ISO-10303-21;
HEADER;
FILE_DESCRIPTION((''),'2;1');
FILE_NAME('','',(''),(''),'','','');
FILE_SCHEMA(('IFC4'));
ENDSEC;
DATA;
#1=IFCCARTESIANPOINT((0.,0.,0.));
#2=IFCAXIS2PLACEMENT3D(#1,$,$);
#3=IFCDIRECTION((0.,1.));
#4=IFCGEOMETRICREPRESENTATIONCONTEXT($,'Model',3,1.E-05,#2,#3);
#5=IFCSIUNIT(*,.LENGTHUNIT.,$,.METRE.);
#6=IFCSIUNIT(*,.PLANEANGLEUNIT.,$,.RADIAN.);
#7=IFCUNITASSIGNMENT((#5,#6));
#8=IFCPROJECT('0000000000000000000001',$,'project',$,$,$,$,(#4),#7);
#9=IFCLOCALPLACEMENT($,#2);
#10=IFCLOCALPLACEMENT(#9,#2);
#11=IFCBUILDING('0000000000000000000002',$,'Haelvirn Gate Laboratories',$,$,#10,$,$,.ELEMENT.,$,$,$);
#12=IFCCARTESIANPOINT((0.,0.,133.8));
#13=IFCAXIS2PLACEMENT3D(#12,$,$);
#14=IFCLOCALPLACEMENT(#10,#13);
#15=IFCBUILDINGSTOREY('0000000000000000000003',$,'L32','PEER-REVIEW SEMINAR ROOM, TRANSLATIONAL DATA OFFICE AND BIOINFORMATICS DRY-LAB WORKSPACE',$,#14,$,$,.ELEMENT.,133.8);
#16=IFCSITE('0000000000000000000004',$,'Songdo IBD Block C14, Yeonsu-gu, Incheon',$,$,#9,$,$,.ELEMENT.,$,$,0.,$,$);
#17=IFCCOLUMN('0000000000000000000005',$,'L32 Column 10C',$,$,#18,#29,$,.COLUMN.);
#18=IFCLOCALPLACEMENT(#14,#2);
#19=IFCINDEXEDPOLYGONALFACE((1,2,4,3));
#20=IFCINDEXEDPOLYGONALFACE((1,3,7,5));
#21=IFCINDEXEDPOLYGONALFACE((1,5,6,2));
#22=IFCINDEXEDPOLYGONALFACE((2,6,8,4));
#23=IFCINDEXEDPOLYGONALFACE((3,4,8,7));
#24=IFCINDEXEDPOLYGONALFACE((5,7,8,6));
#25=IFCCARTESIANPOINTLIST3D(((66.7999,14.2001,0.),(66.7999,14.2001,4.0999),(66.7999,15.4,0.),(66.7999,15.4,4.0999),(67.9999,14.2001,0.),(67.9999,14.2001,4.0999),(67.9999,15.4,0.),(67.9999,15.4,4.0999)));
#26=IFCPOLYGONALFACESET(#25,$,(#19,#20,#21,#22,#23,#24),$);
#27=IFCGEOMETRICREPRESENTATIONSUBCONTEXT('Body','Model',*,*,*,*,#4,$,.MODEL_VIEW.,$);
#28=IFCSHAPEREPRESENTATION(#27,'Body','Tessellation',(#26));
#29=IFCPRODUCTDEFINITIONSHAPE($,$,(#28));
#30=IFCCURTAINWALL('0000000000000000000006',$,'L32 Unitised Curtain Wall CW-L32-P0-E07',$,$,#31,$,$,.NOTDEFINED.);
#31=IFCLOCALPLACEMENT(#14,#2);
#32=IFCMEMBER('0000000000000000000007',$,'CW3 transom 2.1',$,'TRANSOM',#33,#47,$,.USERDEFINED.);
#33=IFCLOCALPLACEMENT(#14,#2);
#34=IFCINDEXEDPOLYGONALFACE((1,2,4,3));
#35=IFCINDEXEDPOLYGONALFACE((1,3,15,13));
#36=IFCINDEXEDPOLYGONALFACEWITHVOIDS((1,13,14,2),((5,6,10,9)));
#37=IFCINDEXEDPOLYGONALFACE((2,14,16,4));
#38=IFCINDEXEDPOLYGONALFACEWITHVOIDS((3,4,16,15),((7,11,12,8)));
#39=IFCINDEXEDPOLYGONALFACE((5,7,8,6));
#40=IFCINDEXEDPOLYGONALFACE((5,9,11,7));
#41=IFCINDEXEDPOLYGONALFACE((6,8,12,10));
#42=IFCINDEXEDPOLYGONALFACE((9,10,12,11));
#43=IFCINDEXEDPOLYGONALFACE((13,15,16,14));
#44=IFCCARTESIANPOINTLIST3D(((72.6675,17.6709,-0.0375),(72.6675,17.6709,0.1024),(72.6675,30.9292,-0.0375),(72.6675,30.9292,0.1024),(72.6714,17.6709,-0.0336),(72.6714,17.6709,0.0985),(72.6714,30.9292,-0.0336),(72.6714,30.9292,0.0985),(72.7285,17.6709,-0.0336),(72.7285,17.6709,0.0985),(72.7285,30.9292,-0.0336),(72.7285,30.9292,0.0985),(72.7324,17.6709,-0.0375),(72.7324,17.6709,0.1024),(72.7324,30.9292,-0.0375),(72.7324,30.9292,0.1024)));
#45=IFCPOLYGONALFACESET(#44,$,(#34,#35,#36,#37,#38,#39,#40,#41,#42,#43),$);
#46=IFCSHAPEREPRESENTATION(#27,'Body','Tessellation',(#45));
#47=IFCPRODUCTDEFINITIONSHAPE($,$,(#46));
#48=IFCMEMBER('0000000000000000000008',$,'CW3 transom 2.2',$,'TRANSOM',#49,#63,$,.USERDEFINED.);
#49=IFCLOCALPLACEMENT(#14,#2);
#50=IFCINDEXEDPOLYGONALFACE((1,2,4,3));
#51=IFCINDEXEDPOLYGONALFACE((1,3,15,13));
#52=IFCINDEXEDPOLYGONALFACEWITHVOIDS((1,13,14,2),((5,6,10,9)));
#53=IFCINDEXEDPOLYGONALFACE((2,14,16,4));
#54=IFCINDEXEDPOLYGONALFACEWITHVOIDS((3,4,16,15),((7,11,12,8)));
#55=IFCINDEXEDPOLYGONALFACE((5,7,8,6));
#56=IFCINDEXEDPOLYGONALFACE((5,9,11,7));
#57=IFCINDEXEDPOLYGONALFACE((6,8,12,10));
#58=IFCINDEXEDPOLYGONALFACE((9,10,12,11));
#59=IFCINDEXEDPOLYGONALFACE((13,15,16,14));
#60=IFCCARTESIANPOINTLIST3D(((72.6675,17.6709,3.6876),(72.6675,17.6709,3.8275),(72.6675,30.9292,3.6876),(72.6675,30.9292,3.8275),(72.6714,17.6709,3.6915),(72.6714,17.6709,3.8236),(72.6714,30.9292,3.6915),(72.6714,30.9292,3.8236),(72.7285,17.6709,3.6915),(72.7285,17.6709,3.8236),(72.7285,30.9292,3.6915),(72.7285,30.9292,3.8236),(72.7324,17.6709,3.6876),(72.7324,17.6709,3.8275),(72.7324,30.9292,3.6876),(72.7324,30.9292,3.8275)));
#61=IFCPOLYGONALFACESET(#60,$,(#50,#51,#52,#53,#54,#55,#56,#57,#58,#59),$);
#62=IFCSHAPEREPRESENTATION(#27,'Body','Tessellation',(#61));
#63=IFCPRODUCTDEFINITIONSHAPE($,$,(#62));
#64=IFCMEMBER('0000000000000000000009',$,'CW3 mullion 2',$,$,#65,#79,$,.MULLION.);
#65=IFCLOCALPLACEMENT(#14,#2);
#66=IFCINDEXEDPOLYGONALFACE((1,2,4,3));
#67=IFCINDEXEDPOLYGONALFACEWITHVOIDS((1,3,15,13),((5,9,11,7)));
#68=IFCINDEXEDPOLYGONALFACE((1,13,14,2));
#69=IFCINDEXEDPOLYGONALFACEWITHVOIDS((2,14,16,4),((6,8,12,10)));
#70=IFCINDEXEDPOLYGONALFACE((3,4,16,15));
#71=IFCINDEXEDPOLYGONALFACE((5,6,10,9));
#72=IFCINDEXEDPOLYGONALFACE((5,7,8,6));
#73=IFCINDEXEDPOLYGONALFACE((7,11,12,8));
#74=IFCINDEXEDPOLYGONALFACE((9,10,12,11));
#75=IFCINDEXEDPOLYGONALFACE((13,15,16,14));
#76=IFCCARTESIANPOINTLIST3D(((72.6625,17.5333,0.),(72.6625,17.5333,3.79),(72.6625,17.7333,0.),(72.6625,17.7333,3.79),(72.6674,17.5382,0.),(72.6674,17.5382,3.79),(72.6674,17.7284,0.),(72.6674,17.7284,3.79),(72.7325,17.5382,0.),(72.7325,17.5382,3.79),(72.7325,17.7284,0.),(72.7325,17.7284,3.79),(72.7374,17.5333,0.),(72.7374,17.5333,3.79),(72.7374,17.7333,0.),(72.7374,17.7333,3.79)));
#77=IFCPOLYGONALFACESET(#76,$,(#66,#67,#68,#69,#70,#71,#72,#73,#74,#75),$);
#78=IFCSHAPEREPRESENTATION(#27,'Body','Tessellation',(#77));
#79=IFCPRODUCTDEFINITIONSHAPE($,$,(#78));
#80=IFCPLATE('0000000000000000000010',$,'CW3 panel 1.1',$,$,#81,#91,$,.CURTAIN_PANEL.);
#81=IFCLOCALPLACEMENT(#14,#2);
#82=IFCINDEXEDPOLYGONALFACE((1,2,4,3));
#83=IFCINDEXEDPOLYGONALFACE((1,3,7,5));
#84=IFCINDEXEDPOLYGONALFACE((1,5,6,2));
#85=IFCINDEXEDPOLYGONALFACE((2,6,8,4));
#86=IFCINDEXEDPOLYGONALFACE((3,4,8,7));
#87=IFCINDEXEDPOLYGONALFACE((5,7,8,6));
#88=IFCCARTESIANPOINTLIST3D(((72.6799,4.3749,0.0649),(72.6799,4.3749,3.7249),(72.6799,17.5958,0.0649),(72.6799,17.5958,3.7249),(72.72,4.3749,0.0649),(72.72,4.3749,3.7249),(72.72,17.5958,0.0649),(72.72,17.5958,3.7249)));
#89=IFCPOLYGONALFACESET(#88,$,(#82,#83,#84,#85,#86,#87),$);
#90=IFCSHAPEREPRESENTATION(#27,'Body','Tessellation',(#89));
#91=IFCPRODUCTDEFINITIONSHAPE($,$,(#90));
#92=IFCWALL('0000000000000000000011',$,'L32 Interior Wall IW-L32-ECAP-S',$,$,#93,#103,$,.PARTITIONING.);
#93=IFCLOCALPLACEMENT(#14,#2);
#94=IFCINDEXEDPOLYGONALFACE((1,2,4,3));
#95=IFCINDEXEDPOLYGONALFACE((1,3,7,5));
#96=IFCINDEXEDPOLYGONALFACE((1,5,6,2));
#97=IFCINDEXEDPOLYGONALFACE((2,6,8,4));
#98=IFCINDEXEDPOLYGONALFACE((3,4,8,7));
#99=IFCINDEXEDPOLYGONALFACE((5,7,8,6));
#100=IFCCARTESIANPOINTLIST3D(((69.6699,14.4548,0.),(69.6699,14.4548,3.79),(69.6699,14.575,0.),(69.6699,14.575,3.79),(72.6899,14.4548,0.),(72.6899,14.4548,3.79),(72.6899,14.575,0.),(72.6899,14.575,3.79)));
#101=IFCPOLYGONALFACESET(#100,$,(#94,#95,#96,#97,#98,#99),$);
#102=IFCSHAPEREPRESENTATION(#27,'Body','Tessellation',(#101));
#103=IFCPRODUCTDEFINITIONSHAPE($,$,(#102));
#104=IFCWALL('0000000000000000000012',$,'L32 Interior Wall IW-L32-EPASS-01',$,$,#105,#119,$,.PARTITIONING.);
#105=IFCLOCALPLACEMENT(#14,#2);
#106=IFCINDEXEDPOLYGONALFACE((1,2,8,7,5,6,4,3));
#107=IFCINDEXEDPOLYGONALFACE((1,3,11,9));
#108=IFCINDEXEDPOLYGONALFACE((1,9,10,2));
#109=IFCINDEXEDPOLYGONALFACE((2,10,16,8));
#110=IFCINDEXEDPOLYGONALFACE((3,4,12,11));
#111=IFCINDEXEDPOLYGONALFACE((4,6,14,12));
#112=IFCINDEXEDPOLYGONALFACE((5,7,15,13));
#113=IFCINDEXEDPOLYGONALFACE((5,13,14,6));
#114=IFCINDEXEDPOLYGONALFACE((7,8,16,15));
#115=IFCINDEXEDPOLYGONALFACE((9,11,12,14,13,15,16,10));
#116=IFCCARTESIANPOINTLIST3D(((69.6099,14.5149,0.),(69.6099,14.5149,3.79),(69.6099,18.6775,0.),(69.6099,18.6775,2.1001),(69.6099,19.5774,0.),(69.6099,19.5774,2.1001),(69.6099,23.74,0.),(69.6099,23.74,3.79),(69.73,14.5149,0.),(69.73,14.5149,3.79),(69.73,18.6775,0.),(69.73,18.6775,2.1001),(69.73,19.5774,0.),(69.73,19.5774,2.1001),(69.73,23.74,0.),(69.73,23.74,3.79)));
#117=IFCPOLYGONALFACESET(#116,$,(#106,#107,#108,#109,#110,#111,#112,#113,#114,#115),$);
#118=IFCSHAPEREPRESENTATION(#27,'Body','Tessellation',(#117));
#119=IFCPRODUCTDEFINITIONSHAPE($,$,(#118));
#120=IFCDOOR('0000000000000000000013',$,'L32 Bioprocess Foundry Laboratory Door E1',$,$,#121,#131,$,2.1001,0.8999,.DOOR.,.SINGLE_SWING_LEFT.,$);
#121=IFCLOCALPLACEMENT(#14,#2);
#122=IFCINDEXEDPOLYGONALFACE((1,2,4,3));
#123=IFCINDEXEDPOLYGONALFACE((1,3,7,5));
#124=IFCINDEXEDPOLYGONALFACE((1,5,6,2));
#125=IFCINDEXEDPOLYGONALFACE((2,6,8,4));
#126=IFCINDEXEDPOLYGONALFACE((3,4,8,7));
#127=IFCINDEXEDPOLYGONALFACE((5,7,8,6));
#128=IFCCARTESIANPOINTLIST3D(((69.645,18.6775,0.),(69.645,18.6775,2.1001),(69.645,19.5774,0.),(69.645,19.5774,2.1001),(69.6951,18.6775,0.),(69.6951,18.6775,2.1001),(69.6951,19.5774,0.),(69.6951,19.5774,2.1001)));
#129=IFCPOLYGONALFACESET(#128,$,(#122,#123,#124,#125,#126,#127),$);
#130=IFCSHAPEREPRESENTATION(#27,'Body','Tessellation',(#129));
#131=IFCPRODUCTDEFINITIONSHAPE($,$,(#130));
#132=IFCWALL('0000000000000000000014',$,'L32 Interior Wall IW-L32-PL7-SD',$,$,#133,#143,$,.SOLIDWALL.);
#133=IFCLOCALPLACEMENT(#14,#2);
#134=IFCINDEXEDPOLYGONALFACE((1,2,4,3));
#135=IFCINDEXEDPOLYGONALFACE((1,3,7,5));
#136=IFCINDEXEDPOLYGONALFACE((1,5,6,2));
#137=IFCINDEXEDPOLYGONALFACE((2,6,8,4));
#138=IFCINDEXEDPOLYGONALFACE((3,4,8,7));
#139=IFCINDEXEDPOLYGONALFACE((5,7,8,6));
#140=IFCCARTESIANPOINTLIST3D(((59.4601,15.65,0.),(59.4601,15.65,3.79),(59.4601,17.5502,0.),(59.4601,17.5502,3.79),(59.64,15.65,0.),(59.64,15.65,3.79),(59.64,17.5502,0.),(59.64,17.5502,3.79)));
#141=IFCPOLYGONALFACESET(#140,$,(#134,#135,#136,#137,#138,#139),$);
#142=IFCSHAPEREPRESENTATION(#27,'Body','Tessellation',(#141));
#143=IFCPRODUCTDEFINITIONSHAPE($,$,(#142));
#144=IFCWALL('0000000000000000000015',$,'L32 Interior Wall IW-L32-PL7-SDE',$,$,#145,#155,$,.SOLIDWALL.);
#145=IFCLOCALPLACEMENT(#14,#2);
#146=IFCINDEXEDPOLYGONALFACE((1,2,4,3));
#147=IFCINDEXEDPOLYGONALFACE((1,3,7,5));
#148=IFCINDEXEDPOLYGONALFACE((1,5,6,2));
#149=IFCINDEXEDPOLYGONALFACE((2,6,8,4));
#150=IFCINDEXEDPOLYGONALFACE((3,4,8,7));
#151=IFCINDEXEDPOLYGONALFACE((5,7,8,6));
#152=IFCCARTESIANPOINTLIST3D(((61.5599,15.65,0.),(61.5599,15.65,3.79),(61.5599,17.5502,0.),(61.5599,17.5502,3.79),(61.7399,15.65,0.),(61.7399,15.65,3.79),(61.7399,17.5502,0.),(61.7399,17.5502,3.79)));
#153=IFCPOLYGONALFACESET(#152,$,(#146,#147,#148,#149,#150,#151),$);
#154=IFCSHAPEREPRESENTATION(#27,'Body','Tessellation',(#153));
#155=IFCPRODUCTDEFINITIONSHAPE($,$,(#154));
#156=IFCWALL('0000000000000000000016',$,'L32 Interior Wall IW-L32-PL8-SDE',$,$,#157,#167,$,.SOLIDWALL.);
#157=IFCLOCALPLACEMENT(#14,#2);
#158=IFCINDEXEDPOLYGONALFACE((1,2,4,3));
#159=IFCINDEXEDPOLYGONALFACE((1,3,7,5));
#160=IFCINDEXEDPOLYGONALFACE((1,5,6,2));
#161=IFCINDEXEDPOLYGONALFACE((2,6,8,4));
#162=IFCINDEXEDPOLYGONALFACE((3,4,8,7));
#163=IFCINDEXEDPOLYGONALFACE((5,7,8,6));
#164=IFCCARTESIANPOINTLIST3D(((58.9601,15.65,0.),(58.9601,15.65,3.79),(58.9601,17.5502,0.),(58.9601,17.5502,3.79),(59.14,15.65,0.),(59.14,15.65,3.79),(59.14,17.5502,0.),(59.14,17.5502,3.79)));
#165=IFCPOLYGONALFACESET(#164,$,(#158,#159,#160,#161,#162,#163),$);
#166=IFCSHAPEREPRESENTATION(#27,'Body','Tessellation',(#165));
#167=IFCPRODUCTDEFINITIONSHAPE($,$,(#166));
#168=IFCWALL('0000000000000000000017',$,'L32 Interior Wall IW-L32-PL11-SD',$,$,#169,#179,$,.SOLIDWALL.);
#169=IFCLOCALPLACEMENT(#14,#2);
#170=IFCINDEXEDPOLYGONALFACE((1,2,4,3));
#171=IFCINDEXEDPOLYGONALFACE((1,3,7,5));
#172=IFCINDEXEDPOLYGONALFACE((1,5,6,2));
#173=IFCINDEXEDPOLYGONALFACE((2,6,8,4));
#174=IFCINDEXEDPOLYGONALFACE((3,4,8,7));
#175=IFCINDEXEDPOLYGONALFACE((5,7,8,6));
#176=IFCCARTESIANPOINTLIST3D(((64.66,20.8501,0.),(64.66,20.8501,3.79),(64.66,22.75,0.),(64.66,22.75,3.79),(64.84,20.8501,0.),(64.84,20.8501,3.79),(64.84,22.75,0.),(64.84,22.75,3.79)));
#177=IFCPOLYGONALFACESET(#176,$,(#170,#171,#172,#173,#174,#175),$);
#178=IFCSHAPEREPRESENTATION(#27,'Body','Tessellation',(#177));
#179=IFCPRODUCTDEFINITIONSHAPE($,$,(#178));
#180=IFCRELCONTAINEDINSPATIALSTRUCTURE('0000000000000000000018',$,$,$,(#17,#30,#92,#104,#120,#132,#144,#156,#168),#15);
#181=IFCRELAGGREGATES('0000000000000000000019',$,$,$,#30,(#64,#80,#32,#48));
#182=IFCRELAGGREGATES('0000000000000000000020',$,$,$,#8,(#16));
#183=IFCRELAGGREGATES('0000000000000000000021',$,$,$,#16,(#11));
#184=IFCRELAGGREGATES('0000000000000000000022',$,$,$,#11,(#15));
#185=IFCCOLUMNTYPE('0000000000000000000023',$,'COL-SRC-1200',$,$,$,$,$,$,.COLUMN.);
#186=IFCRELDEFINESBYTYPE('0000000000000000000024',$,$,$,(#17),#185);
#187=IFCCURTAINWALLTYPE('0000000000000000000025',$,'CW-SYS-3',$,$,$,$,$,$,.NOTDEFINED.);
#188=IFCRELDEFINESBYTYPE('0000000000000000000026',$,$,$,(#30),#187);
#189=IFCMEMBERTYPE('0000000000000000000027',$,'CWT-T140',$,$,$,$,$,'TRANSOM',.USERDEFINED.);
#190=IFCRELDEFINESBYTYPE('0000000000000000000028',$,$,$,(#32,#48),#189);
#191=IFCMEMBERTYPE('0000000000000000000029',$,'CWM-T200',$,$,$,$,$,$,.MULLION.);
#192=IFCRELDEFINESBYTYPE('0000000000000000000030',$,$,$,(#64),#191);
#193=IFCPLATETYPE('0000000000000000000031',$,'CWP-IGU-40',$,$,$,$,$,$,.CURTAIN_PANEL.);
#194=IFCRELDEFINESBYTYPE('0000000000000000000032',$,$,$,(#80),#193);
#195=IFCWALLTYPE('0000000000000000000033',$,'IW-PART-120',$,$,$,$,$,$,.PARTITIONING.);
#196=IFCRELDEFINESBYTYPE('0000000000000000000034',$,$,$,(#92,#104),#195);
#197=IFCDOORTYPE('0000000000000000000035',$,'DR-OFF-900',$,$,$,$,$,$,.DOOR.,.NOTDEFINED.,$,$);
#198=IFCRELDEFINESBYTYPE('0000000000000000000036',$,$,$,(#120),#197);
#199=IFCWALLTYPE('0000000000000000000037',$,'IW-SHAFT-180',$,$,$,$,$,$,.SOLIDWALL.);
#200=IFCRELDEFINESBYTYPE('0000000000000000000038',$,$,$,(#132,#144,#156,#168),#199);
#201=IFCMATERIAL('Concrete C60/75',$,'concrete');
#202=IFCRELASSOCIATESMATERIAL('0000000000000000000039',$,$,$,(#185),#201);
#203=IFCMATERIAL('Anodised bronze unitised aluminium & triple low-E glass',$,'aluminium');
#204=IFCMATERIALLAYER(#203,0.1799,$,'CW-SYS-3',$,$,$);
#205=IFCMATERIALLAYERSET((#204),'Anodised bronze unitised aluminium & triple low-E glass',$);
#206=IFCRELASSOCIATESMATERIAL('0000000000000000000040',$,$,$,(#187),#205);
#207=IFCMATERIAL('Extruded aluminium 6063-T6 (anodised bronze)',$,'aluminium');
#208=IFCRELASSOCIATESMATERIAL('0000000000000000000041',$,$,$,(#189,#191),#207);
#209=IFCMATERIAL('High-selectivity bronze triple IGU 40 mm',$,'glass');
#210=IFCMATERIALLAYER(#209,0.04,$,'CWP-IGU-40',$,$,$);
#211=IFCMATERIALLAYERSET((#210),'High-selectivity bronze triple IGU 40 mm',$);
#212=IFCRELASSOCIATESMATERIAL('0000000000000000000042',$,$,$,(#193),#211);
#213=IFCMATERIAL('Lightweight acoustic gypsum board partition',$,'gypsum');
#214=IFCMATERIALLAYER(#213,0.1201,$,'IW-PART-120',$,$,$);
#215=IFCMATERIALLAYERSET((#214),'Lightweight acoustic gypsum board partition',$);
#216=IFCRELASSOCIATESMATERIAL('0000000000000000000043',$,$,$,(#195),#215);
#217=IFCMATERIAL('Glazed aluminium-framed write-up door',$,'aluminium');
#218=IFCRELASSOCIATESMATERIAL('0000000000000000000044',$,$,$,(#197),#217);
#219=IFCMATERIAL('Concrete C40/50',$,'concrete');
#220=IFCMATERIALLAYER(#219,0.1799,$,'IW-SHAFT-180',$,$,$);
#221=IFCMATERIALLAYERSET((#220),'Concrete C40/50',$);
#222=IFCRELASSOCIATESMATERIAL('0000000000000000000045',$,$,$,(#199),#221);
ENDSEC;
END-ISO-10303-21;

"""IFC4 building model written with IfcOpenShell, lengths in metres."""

from ifc_helpers import new_model, si_unit, direction, frame, frame_2d, origin, origin_2d, place, context, subcontext, project, spatial, rectangle, hollow_rectangle, extrude, source, transform, mapped, material, layer, layer_set, material_profile, profile_set, type_object, type_shapes, element, fill, aggregate, save


model = new_model("IFC4")

# Units and contexts
model_context = context("Model", 3, precision=1e-05, world=origin(), true_north=direction((0.0, 1.0)))
body_context = subcontext(model_context, "Body", "Model", "MODEL_VIEW")
ifc_project = project(units=[si_unit("LENGTHUNIT", "METRE"), si_unit("PLANEANGLEUNIT", "RADIAN")], contexts=[model_context])

# Site, building, storey
site_placement = place(None, origin())
site = spatial("IfcSite", under=ifc_project, at=site_placement, Name="Songdo IBD Block C14, Yeonsu-gu, Incheon", CompositionType="ELEMENT", RefElevation=0.0)
building_placement = place(site_placement, origin())
building = spatial("IfcBuilding", under=site, at=building_placement, Name="Haelvirn Gate Laboratories", CompositionType="ELEMENT")
storey_placement = place(building_placement, frame((0.0, 0.0, 133.8)))
storey = spatial("IfcBuildingStorey", under=building, at=storey_placement, Name="L32", Description="PEER-REVIEW SEMINAR ROOM, TRANSLATIONAL DATA OFFICE AND BIOINFORMATICS DRY-LAB WORKSPACE", CompositionType="ELEMENT", Elevation=133.8)

# Column
ifc_material_1 = material(Name="Concrete C60/75", Category="concrete")
ifc_material_profile_1 = material_profile(ifc_material_1, rectangle(XDim=1.2, YDim=1.2, at=origin_2d()), Name="SRC-1200x1200")
ifc_profile_set_1 = profile_set([ifc_material_profile_1], Name="Concrete C60/75")
column_type = type_object("IfcColumnType", Name="COL-SRC-1200", PredefinedType="COLUMN", material=ifc_profile_set_1)
shared_shape_1 = source(origin(), body_context, "Body", "SweptSolid", [
    extrude(rectangle(XDim=1.2, YDim=1.2, at=origin_2d()), origin(), (0.0, 0.0, 1.0), 4.0999),
])
type_shapes(column_type, [shared_shape_1])
column_placement = place(storey_placement, frame((67.3999, 14.8, 0.0), z_axis=(0.0, 0.0, 1.0), x_axis=(1.0, 0.0, 0.0)))
element("IfcColumn", 1, at=column_placement, inside=storey, type_object=column_type, Name="L32 Column 10C", PredefinedType="COLUMN", context=body_context, shape_type="MappedRepresentation", body=[
    mapped(shared_shape_1, transform((0.0, 0.0, 0.0), scale=1.0)),
])

# Curtain wall, members, plate
ifc_material_2 = material(Name="Anodised bronze unitised aluminium & triple low-E glass", Category="aluminium")
ifc_layer_1 = layer(ifc_material_2, 0.1799, Name="CW-SYS-3")
ifc_layer_set_1 = layer_set([ifc_layer_1], Name="Anodised bronze unitised aluminium & triple low-E glass")
curtain_wall_type = type_object("IfcCurtainWallType", Name="CW-SYS-3", PredefinedType="NOTDEFINED", material=ifc_layer_set_1)
curtain_wall_placement = place(storey_placement, origin())
curtain_wall = element("IfcCurtainWall", 2, at=curtain_wall_placement, inside=storey, type_object=curtain_wall_type, Name="L32 Unitised Curtain Wall CW-L32-P0-E07", PredefinedType="NOTDEFINED")
ifc_material_3 = material(Name="Extruded aluminium 6063-T6 (anodised bronze)", Category="aluminium")
ifc_material_profile_2 = material_profile(ifc_material_3, hollow_rectangle(XDim=0.0649, YDim=0.1399, WallThickness=0.0039, at=origin_2d()), Name="CWT-140x65x4")
ifc_profile_set_2 = profile_set([ifc_material_profile_2], Name="Extruded aluminium 6063-T6 (anodised bronze)")
member_type_1 = type_object("IfcMemberType", Name="CWT-T140", ElementType="TRANSOM", PredefinedType="USERDEFINED", material=ifc_profile_set_2)
shared_shape_2 = source(origin(), body_context, "Body", "SweptSolid", [
    extrude(hollow_rectangle(XDim=0.0649, YDim=0.1399, WallThickness=0.0039, at=origin_2d()), origin(), (0.0, 0.0, 1.0), 13.2583),
])
type_shapes(member_type_1, [shared_shape_2])
member_1_placement = place(storey_placement, frame((72.7, 17.6709, 0.0325), z_axis=(0.0, 1.0, 0.0), x_axis=(-1.0, 0.0, 0.0)))
member_1 = element("IfcMember", 3, at=member_1_placement, type_object=member_type_1, Name="CW3 transom 2.1", ObjectType="TRANSOM", PredefinedType="USERDEFINED", context=body_context, shape_type="MappedRepresentation", body=[
    mapped(shared_shape_2, transform((0.0, 0.0, 0.0), scale=1.0)),
])
member_2_placement = place(storey_placement, frame((72.7, 17.6709, 3.7576), z_axis=(0.0, 1.0, 0.0), x_axis=(-1.0, 0.0, 0.0)))
member_2 = element("IfcMember", 4, at=member_2_placement, type_object=member_type_1, Name="CW3 transom 2.2", ObjectType="TRANSOM", PredefinedType="USERDEFINED", context=body_context, shape_type="MappedRepresentation", body=[
    mapped(shared_shape_2, transform((0.0, 0.0, 0.0), scale=1.0)),
])
ifc_material_profile_3 = material_profile(ifc_material_3, hollow_rectangle(XDim=0.075, YDim=0.2, WallThickness=0.0049, at=origin_2d()), Name="CWM-200x75x5")
ifc_profile_set_3 = profile_set([ifc_material_profile_3], Name="Extruded aluminium 6063-T6 (anodised bronze)")
member_type_2 = type_object("IfcMemberType", Name="CWM-T200", PredefinedType="MULLION", material=ifc_profile_set_3)
shared_shape_3 = source(origin(), body_context, "Body", "SweptSolid", [
    extrude(hollow_rectangle(XDim=0.075, YDim=0.2, WallThickness=0.0049, at=origin_2d()), origin(), (0.0, 0.0, 1.0), 3.79),
])
type_shapes(member_type_2, [shared_shape_3])
member_3_placement = place(storey_placement, frame((72.7, 17.6333, 0.0), z_axis=(0.0, 0.0, 1.0), x_axis=(-1.0, 0.0, 0.0)))
member_3 = element("IfcMember", 5, at=member_3_placement, type_object=member_type_2, Name="CW3 mullion 2", PredefinedType="MULLION", context=body_context, shape_type="MappedRepresentation", body=[
    mapped(shared_shape_3, transform((0.0, 0.0, 0.0), scale=1.0)),
])
ifc_material_4 = material(Name="High-selectivity bronze triple IGU 40 mm", Category="glass")
ifc_layer_2 = layer(ifc_material_4, 0.04, Name="CWP-IGU-40")
ifc_layer_set_2 = layer_set([ifc_layer_2], Name="High-selectivity bronze triple IGU 40 mm")
plate_type = type_object("IfcPlateType", Name="CWP-IGU-40", PredefinedType="CURTAIN_PANEL", material=ifc_layer_set_2)
shared_shape_4 = source(origin(), body_context, "Body", "SweptSolid", [
    extrude(rectangle(XDim=13.2209, YDim=0.04, at=origin_2d()), origin(), (0.0, 0.0, 1.0), 3.6599),
])
type_shapes(plate_type, [shared_shape_4])
plate_placement = place(storey_placement, frame((72.7, 10.9854, 0.0649), z_axis=(0.0, 0.0, 1.0), x_axis=(0.0, 1.0, 0.0)))
plate = element("IfcPlate", 6, at=plate_placement, type_object=plate_type, Name="CW3 panel 1.1", PredefinedType="CURTAIN_PANEL", context=body_context, shape_type="MappedRepresentation", body=[
    mapped(shared_shape_4, transform((0.0, 0.0, 0.0), scale=1.0)),
])
aggregate(curtain_wall, [member_3, plate, member_1, member_2])

# Wall
ifc_material_5 = material(Name="Lightweight acoustic gypsum board partition", Category="gypsum")
ifc_layer_3 = layer(ifc_material_5, 0.1201, Name="IW-PART-120")
ifc_layer_set_3 = layer_set([ifc_layer_3], Name="Lightweight acoustic gypsum board partition")
wall_type_1 = type_object("IfcWallType", Name="IW-PART-120", PredefinedType="PARTITIONING", material=ifc_layer_set_3)
wall_1_placement = place(storey_placement, frame((69.6699, 14.5149, 0.0), z_axis=(0.0, 0.0, 1.0), x_axis=(1.0, 0.0, 0.0)))
element("IfcWall", 7, at=wall_1_placement, inside=storey, type_object=wall_type_1, Name="L32 Interior Wall IW-L32-ECAP-S", PredefinedType="PARTITIONING", context=body_context, shape_type="SweptSolid", body=[
    extrude(rectangle(XDim=3.02, YDim=0.1201, at=frame_2d((1.51, 0.0))), origin(), (0.0, 0.0, 1.0), 3.79),
])

# Wall, opening, door
wall_2_placement = place(storey_placement, frame((69.6699, 14.5149, 0.0), z_axis=(0.0, 0.0, 1.0), x_axis=(0.0, 1.0, 0.0)))
wall_2 = element("IfcWall", 8, at=wall_2_placement, inside=storey, type_object=wall_type_1, Name="L32 Interior Wall IW-L32-EPASS-01", PredefinedType="PARTITIONING", context=body_context, shape_type="SweptSolid", body=[
    extrude(rectangle(XDim=9.2251, YDim=0.1201, at=frame_2d((4.6125, 0.0))), origin(), (0.0, 0.0, 1.0), 3.79),
])
opening_1_placement = place(wall_2_placement, frame((4.1626, 0.0, 0.0)))
opening_1 = element("IfcOpeningElement", 9, at=opening_1_placement, cuts=wall_2, PredefinedType="OPENING", context=body_context, shape_type="SweptSolid", body=[
    extrude(rectangle(XDim=0.8999, YDim=2.1001, at=frame_2d((0.45, 1.05))), frame((0.0, 0.0701, 0.0), z_axis=(0.0, -1.0, 0.0), x_axis=(1.0, 0.0, 0.0)), (0.0, 0.0, 1.0), 0.1401),
])
ifc_material_6 = material(Name="Glazed aluminium-framed write-up door", Category="aluminium")
door_type_1 = type_object("IfcDoorType", Name="DR-OFF-900", OperationType="NOTDEFINED", PredefinedType="DOOR", material=ifc_material_6)
shared_shape_5 = source(origin(), body_context, "Body", "SweptSolid", [
    extrude(rectangle(XDim=0.8999, YDim=2.1001, at=frame_2d((0.45, 1.05))), frame((0.0, 0.0249, 0.0), z_axis=(0.0, -1.0, 0.0), x_axis=(1.0, 0.0, 0.0)), (0.0, 0.0, 1.0), 0.05),
])
type_shapes(door_type_1, [shared_shape_5])
door_1_placement = place(opening_1_placement, origin())
door_1 = element("IfcDoor", 10, at=door_1_placement, inside=storey, type_object=door_type_1, Name="L32 Bioprocess Foundry Laboratory Door E1", OperationType="SINGLE_SWING_LEFT", OverallHeight=2.1001, OverallWidth=0.8999, PredefinedType="DOOR", context=body_context, shape_type="MappedRepresentation", body=[
    mapped(shared_shape_5, transform((0.0, 0.0, 0.0), scale=1.0)),
])
fill(opening_1, door_1)

# Walls
ifc_material_7 = material(Name="Concrete C40/50", Category="concrete")
ifc_layer_4 = layer(ifc_material_7, 0.1799, Name="IW-SHAFT-180")
ifc_layer_set_4 = layer_set([ifc_layer_4], Name="Concrete C40/50")
wall_type_2 = type_object("IfcWallType", Name="IW-SHAFT-180", PredefinedType="SOLIDWALL", material=ifc_layer_set_4)
for number, where, z_axis, x_axis, name in (
    (11, (59.55, 15.6499, 0.0), (0.0, 0.0, 1.0), (0.0, 1.0, 0.0), "L32 Interior Wall IW-L32-PL7-SD"),
    (12, (61.6499, 15.6499, 0.0), (0.0, 0.0, 1.0), (0.0, 1.0, 0.0), "L32 Interior Wall IW-L32-PL7-SDE"),
    (13, (59.05, 15.6499, 0.0), (0.0, 0.0, 1.0), (0.0, 1.0, 0.0), "L32 Interior Wall IW-L32-PL8-SDE"),
):
    element("IfcWall", number, at=place(storey_placement, frame(where, z_axis=z_axis, x_axis=x_axis)), inside=storey, type_object=wall_type_2, Name=name, PredefinedType="SOLIDWALL", context=body_context, shape_type="SweptSolid", body=[
        extrude(rectangle(XDim=1.9001, YDim=0.1799, at=frame_2d((0.9502, 0.0))), origin(), (0.0, 0.0, 1.0), 3.79),
    ])
for number, where, z_axis, x_axis, name in (
    (14, (64.75, 20.8501, 0.0), (0.0, 0.0, 1.0), (0.0, 1.0, 0.0), "L32 Interior Wall IW-L32-PL11-SD"),
):
    element("IfcWall", number, at=place(storey_placement, frame(where, z_axis=z_axis, x_axis=x_axis)), inside=storey, type_object=wall_type_2, Name=name, PredefinedType="SOLIDWALL", context=body_context, shape_type="SweptSolid", body=[
        extrude(rectangle(XDim=1.8999, YDim=0.1799, at=frame_2d((0.95, 0.0))), origin(), (0.0, 0.0, 1.0), 3.79),
    ])

save(model, "model.ifc")
